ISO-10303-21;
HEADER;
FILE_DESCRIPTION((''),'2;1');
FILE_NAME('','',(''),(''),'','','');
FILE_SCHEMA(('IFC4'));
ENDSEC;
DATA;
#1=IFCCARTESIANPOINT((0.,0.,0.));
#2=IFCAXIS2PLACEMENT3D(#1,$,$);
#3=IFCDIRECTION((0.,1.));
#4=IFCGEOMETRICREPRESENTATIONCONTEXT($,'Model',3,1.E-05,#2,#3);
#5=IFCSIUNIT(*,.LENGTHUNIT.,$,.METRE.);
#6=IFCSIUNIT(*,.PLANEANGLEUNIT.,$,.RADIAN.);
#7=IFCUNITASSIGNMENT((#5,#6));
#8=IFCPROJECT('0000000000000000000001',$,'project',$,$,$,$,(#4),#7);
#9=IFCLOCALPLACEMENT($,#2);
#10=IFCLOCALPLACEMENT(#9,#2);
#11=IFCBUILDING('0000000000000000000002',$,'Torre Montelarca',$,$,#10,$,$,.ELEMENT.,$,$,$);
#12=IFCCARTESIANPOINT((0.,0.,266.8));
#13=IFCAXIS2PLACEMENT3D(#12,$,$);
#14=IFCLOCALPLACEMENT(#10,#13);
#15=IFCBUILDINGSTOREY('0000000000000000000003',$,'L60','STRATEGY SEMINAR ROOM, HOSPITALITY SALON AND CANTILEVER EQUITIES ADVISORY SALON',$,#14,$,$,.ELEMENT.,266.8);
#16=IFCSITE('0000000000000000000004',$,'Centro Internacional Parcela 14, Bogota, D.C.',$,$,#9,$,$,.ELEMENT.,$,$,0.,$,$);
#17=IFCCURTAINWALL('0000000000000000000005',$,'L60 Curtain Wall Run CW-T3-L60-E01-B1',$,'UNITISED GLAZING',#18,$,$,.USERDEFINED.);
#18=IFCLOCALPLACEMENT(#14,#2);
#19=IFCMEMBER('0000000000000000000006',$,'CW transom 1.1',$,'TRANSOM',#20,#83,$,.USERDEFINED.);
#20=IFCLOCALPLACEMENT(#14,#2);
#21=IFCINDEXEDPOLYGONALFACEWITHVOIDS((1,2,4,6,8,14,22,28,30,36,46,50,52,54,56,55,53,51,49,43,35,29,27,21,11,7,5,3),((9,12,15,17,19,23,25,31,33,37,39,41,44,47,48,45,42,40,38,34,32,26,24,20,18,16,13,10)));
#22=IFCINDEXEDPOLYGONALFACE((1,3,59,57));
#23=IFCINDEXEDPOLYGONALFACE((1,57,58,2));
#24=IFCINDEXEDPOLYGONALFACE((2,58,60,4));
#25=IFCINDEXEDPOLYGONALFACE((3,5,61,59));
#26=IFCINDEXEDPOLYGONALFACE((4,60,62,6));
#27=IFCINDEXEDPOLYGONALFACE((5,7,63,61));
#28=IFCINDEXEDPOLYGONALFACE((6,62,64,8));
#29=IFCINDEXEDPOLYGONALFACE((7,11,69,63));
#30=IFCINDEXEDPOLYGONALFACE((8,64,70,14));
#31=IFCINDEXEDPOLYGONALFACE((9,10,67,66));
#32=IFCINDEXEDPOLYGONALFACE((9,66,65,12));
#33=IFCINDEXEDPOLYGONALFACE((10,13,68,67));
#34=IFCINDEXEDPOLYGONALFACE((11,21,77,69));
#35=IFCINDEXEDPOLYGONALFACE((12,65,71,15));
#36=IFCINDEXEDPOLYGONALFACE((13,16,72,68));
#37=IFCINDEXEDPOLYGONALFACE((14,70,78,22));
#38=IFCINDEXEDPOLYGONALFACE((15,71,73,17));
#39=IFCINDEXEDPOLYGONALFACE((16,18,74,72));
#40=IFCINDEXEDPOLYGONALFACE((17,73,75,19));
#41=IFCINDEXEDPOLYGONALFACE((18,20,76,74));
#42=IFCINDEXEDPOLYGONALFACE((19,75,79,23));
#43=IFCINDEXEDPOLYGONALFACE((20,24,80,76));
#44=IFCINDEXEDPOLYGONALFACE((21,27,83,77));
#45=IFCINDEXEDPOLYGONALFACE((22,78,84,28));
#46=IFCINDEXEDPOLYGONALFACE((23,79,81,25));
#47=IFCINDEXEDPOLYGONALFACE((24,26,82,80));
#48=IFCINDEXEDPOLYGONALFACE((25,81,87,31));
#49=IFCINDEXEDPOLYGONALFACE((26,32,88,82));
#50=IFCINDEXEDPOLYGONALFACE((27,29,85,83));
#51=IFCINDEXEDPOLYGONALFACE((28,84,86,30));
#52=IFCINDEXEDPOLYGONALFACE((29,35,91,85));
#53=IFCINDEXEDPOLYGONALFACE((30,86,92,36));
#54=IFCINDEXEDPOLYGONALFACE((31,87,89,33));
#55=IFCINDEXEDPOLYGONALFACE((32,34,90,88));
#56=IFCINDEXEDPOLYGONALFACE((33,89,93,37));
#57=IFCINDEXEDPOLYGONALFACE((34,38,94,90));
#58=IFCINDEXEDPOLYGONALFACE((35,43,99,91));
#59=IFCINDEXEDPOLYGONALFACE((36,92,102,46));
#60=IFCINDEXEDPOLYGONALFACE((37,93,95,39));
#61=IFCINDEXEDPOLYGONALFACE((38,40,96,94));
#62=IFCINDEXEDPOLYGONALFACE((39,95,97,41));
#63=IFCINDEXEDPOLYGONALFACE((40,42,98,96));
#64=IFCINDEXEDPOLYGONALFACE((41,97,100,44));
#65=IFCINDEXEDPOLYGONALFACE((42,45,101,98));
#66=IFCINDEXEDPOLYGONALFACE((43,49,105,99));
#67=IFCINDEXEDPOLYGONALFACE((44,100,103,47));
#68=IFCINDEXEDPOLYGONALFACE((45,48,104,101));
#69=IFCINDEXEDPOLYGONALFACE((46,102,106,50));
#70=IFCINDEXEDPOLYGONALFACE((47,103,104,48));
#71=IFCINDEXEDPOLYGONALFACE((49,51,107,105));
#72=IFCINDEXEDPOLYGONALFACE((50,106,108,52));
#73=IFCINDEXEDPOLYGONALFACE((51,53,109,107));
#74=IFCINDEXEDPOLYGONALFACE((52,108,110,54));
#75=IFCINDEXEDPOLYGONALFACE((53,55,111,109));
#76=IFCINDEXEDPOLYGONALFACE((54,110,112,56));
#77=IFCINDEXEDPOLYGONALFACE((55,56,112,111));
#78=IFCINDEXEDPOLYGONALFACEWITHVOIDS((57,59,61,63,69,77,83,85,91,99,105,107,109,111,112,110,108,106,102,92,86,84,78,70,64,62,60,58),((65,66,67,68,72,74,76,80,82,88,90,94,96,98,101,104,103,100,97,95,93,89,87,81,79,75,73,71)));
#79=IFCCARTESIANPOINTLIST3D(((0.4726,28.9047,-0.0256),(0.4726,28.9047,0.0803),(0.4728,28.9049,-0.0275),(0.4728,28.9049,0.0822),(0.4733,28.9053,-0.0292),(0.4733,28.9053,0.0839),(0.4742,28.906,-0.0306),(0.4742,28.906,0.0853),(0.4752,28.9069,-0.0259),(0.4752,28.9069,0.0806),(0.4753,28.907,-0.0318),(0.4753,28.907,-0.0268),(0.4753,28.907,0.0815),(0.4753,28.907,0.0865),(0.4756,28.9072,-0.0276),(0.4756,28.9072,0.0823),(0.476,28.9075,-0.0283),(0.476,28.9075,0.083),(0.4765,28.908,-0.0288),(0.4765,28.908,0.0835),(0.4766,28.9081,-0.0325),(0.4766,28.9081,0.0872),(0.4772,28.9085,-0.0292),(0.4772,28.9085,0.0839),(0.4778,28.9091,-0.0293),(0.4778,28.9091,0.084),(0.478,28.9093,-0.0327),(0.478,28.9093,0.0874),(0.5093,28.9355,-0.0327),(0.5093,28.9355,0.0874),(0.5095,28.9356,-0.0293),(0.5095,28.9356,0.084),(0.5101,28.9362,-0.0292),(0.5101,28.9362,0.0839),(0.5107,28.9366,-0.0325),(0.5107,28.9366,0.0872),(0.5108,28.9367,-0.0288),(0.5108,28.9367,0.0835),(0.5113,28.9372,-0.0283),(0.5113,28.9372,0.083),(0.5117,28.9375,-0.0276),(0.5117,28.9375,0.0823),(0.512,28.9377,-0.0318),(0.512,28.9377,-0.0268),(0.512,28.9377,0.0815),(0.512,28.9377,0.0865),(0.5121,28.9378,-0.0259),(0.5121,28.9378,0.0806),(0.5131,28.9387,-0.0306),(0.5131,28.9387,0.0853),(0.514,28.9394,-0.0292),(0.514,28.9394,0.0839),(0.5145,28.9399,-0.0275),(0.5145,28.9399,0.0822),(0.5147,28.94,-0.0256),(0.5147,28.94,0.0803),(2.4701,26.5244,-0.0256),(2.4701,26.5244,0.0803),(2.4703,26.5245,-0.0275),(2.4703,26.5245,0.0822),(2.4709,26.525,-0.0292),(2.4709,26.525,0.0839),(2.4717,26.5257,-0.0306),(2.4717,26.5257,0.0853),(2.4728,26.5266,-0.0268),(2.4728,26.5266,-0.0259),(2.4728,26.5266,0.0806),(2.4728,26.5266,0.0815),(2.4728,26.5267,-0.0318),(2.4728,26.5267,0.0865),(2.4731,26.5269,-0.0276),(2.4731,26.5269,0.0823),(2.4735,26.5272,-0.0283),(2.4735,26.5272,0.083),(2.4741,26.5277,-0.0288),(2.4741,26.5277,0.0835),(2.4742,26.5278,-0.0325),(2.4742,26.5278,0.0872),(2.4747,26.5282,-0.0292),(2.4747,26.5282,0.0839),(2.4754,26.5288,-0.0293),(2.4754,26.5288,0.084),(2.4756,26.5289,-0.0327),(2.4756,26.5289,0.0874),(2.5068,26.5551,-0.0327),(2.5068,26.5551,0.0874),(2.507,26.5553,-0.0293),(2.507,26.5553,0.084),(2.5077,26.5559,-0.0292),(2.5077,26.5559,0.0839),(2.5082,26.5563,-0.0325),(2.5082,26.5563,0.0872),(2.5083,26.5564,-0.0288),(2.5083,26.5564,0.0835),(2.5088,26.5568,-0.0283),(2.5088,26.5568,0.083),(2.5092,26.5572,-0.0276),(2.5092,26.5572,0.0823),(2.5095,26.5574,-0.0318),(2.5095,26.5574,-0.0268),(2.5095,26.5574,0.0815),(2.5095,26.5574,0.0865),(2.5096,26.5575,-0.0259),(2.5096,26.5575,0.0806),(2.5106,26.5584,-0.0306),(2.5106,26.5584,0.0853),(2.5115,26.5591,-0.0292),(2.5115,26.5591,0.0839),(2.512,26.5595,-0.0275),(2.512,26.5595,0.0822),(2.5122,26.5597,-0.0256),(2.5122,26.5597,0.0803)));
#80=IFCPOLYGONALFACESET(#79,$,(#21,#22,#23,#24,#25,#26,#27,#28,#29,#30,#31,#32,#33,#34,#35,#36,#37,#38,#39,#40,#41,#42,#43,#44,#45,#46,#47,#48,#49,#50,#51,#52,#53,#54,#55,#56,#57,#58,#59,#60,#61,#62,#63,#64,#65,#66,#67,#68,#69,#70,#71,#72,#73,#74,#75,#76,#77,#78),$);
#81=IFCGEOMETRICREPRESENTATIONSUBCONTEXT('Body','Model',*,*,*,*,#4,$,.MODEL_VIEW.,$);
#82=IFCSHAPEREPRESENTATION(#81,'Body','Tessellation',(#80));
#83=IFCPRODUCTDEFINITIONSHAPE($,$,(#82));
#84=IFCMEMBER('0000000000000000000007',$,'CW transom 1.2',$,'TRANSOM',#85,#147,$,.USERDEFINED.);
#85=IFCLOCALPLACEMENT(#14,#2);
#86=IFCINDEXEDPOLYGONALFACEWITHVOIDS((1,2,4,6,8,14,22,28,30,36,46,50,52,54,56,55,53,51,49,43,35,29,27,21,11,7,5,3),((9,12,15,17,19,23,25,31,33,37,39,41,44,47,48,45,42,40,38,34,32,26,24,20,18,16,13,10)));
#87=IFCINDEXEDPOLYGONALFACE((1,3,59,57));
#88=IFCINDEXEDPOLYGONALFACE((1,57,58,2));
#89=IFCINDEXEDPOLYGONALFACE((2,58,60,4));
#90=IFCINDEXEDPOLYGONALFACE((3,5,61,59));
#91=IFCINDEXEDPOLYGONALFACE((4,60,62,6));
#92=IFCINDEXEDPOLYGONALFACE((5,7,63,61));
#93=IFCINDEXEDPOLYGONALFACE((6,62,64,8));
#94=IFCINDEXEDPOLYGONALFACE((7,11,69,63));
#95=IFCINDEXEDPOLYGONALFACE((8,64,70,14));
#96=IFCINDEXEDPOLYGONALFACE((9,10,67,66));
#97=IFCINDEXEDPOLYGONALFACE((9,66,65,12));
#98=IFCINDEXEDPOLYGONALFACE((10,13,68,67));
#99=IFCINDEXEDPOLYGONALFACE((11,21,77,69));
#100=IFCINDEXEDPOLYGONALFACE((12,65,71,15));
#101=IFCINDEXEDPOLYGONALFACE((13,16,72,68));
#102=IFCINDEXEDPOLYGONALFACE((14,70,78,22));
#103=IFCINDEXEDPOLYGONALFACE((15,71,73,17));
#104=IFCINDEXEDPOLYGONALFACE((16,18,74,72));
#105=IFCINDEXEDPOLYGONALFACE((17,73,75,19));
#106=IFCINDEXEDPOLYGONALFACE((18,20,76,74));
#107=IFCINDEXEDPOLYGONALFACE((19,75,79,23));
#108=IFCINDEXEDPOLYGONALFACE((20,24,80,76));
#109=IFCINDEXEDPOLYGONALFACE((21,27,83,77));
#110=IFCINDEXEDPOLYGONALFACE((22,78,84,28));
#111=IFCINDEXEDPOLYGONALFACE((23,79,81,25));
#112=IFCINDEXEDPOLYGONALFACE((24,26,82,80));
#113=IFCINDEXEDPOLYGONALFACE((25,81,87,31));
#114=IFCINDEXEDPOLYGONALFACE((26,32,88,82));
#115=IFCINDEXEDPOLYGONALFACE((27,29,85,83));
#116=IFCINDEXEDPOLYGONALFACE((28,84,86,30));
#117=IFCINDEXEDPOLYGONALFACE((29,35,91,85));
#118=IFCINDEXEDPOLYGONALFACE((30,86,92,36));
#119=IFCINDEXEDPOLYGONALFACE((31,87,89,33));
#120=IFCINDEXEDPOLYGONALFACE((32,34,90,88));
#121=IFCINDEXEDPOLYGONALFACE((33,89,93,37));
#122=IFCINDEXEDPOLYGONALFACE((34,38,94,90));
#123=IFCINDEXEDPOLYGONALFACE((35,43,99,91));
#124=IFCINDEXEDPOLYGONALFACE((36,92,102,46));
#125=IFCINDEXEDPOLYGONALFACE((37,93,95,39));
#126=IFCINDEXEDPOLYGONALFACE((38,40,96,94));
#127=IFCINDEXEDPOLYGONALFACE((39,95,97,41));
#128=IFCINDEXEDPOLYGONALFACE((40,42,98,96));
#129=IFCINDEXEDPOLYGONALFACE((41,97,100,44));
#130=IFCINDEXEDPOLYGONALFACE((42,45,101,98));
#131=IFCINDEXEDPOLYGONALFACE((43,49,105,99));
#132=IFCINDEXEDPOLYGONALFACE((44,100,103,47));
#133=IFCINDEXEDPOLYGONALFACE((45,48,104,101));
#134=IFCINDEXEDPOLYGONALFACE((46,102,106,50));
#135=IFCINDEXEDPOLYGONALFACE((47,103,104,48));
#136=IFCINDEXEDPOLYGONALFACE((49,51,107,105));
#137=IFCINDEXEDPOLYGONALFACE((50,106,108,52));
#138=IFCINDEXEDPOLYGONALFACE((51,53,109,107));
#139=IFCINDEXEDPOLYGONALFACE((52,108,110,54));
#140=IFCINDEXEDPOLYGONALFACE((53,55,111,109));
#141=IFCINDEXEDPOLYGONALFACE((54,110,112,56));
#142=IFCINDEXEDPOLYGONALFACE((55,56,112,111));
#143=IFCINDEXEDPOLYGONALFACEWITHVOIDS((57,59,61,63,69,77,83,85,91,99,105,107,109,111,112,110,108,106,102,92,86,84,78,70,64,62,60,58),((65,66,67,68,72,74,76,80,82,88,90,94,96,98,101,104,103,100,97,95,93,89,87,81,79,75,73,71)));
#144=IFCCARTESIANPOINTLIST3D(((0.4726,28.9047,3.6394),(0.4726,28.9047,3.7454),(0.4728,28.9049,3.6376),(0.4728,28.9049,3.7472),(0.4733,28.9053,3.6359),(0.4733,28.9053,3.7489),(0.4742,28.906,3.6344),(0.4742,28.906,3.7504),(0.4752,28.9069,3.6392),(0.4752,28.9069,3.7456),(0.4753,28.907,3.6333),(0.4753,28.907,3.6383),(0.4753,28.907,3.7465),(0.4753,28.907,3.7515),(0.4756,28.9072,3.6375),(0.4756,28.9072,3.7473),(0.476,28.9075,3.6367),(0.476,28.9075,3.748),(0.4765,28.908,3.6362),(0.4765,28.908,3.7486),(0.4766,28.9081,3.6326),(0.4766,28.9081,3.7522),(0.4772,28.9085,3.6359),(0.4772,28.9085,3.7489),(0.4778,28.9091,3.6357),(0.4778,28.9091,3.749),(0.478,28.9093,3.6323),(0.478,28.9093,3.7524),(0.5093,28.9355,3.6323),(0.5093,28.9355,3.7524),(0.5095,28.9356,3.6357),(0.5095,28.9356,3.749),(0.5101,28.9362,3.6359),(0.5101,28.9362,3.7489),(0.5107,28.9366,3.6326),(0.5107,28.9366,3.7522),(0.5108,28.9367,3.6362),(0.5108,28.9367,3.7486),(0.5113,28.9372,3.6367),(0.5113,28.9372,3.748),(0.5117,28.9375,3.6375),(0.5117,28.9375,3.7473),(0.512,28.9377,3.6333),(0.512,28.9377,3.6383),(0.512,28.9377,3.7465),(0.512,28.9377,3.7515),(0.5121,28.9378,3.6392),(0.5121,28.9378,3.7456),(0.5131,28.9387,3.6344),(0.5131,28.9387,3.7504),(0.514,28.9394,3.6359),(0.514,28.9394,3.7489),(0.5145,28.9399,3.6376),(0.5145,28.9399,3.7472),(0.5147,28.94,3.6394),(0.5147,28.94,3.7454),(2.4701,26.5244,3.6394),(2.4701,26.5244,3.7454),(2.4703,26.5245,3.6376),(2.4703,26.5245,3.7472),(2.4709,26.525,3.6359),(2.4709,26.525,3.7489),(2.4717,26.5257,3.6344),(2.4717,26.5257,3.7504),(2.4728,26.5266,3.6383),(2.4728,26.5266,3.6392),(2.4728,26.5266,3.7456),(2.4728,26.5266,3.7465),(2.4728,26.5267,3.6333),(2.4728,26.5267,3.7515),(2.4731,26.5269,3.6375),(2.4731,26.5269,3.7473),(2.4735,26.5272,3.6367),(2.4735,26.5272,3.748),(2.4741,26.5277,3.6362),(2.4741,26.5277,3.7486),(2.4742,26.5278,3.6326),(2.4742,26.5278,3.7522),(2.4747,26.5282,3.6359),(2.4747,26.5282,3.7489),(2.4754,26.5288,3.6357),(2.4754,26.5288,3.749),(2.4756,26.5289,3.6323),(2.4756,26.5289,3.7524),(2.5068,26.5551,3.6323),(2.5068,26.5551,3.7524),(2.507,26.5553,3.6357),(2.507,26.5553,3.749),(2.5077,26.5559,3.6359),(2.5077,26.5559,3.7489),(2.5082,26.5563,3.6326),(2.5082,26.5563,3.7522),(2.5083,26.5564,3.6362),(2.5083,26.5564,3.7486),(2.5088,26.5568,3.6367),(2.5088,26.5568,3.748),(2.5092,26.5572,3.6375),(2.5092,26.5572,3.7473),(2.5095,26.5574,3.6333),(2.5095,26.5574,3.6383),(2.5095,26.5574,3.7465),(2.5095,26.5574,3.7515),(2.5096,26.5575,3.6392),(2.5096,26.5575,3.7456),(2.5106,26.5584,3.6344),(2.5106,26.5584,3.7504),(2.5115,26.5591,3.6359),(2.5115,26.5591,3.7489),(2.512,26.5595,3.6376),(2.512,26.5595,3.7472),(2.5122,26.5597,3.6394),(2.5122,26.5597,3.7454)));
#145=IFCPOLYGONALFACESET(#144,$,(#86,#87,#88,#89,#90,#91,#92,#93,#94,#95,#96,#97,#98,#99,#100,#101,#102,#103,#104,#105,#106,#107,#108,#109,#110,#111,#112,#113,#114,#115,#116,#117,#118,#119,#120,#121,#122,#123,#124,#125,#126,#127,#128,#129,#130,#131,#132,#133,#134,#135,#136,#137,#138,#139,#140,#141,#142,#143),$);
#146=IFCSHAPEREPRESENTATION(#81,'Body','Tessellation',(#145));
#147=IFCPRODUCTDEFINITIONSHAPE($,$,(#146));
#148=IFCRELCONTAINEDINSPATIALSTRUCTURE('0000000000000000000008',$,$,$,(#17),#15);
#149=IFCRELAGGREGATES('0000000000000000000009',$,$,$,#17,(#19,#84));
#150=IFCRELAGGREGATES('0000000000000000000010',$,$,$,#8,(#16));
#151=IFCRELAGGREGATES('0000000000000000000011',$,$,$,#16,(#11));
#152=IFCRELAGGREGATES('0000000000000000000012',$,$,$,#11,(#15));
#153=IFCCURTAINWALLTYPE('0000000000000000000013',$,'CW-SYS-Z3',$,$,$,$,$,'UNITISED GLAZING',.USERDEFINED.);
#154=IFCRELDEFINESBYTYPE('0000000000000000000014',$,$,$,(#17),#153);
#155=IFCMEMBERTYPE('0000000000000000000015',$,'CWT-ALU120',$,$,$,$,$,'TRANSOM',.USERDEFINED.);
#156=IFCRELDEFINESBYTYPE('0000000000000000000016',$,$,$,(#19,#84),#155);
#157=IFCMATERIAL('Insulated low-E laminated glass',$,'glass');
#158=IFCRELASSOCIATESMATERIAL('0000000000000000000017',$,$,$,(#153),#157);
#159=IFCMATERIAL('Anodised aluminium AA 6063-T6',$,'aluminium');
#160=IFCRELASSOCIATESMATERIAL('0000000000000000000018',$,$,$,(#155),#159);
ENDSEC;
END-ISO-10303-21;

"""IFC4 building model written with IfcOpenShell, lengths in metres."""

from ifc_helpers import new_model, si_unit, direction, frame, origin, origin_2d, place, context, subcontext, project, spatial, hollow_rectangle, extrude, source, transform, mapped, material, material_profile, profile_set, type_object, element, aggregate, save


model = new_model("IFC4")

# Units and contexts
model_context = context("Model", 3, precision=1e-05, world=origin(), true_north=direction((0.0, 1.0)))
body_context = subcontext(model_context, "Body", "Model", "MODEL_VIEW")
ifc_project = project(units=[si_unit("LENGTHUNIT", "METRE"), si_unit("PLANEANGLEUNIT", "RADIAN")], contexts=[model_context])

# Site, building, storey
site_placement = place(None, origin())
site = spatial("IfcSite", under=ifc_project, at=site_placement, Name="Centro Internacional Parcela 14, Bogota, D.C.", CompositionType="ELEMENT", RefElevation=0.0)
building_placement = place(site_placement, origin())
building = spatial("IfcBuilding", under=site, at=building_placement, Name="Torre Montelarca", CompositionType="ELEMENT")
storey_placement = place(building_placement, frame((0.0, 0.0, 266.8)))
storey = spatial("IfcBuildingStorey", under=building, at=storey_placement, Name="L60", Description="STRATEGY SEMINAR ROOM, HOSPITALITY SALON AND CANTILEVER EQUITIES ADVISORY SALON", CompositionType="ELEMENT", Elevation=266.8)

# Curtain wall
ifc_material_1 = material(Name="Insulated low-E laminated glass", Category="glass")
curtain_wall_type = type_object("IfcCurtainWallType", Name="CW-SYS-Z3", ElementType="UNITISED GLAZING", PredefinedType="USERDEFINED", material=ifc_material_1)
curtain_wall_1_placement = place(storey_placement, origin())
curtain_wall_1 = element("IfcCurtainWall", 1, at=curtain_wall_1_placement, inside=storey, type_object=curtain_wall_type, Name="L60 Curtain Wall Run CW-T3-L60-E01-B1", ObjectType="UNITISED GLAZING", PredefinedType="USERDEFINED")
ifc_material_2 = material(Name="Anodised aluminium AA 6063-T6", Category="aluminium")

# Members
ifc_material_profile_1 = material_profile(ifc_material_2, hollow_rectangle(XDim=0.0549, YDim=0.1201, WallThickness=0.0034, InnerFilletRadius=0.0034, OuterFilletRadius=0.0071, at=origin_2d()), Name="ALU55X120X3.5", Category="aluminium")
ifc_profile_set_1 = profile_set([ifc_material_profile_1], Name="Anodised aluminium AA 6063-T6")
member_type_1 = type_object("IfcMemberType", Name="CWT-ALU120", ElementType="TRANSOM", PredefinedType="USERDEFINED", material=ifc_profile_set_1)
shared_shape_1 = source(origin(), body_context, "Body", "SweptSolid", [
    extrude(hollow_rectangle(XDim=0.0549, YDim=0.1201, WallThickness=0.0034, InnerFilletRadius=0.0034, OuterFilletRadius=0.0071, at=origin_2d()), origin(), (0.0, 0.0, 1.0), 3.1074),
])
member_1_placement = place(storey_placement, frame((0.4937, 28.9224, 0.0273), z_axis=(0.642824, -0.766014, 0.0), x_axis=(0.766014, 0.642824, 0.0)))
member_1 = element("IfcMember", 2, at=member_1_placement, type_object=member_type_1, Name="CW transom 1.1", ObjectType="TRANSOM", PredefinedType="USERDEFINED", context=body_context, shape_type="MappedRepresentation", body=[
    mapped(shared_shape_1, transform((0.0, 0.0, 0.0), scale=1.0)),
])
member_2_placement = place(storey_placement, frame((0.4937, 28.9224, 3.6924), z_axis=(0.642824, -0.766014, 0.0), x_axis=(0.766014, 0.642824, 0.0)))
member_2 = element("IfcMember", 3, at=member_2_placement, type_object=member_type_1, Name="CW transom 1.2", ObjectType="TRANSOM", PredefinedType="USERDEFINED", context=body_context, shape_type="MappedRepresentation", body=[
    mapped(shared_shape_1, transform((0.0, 0.0, 0.0), scale=1.0)),
])

aggregate(curtain_wall_1, [member_1, member_2])

save(model, "model.ifc")
